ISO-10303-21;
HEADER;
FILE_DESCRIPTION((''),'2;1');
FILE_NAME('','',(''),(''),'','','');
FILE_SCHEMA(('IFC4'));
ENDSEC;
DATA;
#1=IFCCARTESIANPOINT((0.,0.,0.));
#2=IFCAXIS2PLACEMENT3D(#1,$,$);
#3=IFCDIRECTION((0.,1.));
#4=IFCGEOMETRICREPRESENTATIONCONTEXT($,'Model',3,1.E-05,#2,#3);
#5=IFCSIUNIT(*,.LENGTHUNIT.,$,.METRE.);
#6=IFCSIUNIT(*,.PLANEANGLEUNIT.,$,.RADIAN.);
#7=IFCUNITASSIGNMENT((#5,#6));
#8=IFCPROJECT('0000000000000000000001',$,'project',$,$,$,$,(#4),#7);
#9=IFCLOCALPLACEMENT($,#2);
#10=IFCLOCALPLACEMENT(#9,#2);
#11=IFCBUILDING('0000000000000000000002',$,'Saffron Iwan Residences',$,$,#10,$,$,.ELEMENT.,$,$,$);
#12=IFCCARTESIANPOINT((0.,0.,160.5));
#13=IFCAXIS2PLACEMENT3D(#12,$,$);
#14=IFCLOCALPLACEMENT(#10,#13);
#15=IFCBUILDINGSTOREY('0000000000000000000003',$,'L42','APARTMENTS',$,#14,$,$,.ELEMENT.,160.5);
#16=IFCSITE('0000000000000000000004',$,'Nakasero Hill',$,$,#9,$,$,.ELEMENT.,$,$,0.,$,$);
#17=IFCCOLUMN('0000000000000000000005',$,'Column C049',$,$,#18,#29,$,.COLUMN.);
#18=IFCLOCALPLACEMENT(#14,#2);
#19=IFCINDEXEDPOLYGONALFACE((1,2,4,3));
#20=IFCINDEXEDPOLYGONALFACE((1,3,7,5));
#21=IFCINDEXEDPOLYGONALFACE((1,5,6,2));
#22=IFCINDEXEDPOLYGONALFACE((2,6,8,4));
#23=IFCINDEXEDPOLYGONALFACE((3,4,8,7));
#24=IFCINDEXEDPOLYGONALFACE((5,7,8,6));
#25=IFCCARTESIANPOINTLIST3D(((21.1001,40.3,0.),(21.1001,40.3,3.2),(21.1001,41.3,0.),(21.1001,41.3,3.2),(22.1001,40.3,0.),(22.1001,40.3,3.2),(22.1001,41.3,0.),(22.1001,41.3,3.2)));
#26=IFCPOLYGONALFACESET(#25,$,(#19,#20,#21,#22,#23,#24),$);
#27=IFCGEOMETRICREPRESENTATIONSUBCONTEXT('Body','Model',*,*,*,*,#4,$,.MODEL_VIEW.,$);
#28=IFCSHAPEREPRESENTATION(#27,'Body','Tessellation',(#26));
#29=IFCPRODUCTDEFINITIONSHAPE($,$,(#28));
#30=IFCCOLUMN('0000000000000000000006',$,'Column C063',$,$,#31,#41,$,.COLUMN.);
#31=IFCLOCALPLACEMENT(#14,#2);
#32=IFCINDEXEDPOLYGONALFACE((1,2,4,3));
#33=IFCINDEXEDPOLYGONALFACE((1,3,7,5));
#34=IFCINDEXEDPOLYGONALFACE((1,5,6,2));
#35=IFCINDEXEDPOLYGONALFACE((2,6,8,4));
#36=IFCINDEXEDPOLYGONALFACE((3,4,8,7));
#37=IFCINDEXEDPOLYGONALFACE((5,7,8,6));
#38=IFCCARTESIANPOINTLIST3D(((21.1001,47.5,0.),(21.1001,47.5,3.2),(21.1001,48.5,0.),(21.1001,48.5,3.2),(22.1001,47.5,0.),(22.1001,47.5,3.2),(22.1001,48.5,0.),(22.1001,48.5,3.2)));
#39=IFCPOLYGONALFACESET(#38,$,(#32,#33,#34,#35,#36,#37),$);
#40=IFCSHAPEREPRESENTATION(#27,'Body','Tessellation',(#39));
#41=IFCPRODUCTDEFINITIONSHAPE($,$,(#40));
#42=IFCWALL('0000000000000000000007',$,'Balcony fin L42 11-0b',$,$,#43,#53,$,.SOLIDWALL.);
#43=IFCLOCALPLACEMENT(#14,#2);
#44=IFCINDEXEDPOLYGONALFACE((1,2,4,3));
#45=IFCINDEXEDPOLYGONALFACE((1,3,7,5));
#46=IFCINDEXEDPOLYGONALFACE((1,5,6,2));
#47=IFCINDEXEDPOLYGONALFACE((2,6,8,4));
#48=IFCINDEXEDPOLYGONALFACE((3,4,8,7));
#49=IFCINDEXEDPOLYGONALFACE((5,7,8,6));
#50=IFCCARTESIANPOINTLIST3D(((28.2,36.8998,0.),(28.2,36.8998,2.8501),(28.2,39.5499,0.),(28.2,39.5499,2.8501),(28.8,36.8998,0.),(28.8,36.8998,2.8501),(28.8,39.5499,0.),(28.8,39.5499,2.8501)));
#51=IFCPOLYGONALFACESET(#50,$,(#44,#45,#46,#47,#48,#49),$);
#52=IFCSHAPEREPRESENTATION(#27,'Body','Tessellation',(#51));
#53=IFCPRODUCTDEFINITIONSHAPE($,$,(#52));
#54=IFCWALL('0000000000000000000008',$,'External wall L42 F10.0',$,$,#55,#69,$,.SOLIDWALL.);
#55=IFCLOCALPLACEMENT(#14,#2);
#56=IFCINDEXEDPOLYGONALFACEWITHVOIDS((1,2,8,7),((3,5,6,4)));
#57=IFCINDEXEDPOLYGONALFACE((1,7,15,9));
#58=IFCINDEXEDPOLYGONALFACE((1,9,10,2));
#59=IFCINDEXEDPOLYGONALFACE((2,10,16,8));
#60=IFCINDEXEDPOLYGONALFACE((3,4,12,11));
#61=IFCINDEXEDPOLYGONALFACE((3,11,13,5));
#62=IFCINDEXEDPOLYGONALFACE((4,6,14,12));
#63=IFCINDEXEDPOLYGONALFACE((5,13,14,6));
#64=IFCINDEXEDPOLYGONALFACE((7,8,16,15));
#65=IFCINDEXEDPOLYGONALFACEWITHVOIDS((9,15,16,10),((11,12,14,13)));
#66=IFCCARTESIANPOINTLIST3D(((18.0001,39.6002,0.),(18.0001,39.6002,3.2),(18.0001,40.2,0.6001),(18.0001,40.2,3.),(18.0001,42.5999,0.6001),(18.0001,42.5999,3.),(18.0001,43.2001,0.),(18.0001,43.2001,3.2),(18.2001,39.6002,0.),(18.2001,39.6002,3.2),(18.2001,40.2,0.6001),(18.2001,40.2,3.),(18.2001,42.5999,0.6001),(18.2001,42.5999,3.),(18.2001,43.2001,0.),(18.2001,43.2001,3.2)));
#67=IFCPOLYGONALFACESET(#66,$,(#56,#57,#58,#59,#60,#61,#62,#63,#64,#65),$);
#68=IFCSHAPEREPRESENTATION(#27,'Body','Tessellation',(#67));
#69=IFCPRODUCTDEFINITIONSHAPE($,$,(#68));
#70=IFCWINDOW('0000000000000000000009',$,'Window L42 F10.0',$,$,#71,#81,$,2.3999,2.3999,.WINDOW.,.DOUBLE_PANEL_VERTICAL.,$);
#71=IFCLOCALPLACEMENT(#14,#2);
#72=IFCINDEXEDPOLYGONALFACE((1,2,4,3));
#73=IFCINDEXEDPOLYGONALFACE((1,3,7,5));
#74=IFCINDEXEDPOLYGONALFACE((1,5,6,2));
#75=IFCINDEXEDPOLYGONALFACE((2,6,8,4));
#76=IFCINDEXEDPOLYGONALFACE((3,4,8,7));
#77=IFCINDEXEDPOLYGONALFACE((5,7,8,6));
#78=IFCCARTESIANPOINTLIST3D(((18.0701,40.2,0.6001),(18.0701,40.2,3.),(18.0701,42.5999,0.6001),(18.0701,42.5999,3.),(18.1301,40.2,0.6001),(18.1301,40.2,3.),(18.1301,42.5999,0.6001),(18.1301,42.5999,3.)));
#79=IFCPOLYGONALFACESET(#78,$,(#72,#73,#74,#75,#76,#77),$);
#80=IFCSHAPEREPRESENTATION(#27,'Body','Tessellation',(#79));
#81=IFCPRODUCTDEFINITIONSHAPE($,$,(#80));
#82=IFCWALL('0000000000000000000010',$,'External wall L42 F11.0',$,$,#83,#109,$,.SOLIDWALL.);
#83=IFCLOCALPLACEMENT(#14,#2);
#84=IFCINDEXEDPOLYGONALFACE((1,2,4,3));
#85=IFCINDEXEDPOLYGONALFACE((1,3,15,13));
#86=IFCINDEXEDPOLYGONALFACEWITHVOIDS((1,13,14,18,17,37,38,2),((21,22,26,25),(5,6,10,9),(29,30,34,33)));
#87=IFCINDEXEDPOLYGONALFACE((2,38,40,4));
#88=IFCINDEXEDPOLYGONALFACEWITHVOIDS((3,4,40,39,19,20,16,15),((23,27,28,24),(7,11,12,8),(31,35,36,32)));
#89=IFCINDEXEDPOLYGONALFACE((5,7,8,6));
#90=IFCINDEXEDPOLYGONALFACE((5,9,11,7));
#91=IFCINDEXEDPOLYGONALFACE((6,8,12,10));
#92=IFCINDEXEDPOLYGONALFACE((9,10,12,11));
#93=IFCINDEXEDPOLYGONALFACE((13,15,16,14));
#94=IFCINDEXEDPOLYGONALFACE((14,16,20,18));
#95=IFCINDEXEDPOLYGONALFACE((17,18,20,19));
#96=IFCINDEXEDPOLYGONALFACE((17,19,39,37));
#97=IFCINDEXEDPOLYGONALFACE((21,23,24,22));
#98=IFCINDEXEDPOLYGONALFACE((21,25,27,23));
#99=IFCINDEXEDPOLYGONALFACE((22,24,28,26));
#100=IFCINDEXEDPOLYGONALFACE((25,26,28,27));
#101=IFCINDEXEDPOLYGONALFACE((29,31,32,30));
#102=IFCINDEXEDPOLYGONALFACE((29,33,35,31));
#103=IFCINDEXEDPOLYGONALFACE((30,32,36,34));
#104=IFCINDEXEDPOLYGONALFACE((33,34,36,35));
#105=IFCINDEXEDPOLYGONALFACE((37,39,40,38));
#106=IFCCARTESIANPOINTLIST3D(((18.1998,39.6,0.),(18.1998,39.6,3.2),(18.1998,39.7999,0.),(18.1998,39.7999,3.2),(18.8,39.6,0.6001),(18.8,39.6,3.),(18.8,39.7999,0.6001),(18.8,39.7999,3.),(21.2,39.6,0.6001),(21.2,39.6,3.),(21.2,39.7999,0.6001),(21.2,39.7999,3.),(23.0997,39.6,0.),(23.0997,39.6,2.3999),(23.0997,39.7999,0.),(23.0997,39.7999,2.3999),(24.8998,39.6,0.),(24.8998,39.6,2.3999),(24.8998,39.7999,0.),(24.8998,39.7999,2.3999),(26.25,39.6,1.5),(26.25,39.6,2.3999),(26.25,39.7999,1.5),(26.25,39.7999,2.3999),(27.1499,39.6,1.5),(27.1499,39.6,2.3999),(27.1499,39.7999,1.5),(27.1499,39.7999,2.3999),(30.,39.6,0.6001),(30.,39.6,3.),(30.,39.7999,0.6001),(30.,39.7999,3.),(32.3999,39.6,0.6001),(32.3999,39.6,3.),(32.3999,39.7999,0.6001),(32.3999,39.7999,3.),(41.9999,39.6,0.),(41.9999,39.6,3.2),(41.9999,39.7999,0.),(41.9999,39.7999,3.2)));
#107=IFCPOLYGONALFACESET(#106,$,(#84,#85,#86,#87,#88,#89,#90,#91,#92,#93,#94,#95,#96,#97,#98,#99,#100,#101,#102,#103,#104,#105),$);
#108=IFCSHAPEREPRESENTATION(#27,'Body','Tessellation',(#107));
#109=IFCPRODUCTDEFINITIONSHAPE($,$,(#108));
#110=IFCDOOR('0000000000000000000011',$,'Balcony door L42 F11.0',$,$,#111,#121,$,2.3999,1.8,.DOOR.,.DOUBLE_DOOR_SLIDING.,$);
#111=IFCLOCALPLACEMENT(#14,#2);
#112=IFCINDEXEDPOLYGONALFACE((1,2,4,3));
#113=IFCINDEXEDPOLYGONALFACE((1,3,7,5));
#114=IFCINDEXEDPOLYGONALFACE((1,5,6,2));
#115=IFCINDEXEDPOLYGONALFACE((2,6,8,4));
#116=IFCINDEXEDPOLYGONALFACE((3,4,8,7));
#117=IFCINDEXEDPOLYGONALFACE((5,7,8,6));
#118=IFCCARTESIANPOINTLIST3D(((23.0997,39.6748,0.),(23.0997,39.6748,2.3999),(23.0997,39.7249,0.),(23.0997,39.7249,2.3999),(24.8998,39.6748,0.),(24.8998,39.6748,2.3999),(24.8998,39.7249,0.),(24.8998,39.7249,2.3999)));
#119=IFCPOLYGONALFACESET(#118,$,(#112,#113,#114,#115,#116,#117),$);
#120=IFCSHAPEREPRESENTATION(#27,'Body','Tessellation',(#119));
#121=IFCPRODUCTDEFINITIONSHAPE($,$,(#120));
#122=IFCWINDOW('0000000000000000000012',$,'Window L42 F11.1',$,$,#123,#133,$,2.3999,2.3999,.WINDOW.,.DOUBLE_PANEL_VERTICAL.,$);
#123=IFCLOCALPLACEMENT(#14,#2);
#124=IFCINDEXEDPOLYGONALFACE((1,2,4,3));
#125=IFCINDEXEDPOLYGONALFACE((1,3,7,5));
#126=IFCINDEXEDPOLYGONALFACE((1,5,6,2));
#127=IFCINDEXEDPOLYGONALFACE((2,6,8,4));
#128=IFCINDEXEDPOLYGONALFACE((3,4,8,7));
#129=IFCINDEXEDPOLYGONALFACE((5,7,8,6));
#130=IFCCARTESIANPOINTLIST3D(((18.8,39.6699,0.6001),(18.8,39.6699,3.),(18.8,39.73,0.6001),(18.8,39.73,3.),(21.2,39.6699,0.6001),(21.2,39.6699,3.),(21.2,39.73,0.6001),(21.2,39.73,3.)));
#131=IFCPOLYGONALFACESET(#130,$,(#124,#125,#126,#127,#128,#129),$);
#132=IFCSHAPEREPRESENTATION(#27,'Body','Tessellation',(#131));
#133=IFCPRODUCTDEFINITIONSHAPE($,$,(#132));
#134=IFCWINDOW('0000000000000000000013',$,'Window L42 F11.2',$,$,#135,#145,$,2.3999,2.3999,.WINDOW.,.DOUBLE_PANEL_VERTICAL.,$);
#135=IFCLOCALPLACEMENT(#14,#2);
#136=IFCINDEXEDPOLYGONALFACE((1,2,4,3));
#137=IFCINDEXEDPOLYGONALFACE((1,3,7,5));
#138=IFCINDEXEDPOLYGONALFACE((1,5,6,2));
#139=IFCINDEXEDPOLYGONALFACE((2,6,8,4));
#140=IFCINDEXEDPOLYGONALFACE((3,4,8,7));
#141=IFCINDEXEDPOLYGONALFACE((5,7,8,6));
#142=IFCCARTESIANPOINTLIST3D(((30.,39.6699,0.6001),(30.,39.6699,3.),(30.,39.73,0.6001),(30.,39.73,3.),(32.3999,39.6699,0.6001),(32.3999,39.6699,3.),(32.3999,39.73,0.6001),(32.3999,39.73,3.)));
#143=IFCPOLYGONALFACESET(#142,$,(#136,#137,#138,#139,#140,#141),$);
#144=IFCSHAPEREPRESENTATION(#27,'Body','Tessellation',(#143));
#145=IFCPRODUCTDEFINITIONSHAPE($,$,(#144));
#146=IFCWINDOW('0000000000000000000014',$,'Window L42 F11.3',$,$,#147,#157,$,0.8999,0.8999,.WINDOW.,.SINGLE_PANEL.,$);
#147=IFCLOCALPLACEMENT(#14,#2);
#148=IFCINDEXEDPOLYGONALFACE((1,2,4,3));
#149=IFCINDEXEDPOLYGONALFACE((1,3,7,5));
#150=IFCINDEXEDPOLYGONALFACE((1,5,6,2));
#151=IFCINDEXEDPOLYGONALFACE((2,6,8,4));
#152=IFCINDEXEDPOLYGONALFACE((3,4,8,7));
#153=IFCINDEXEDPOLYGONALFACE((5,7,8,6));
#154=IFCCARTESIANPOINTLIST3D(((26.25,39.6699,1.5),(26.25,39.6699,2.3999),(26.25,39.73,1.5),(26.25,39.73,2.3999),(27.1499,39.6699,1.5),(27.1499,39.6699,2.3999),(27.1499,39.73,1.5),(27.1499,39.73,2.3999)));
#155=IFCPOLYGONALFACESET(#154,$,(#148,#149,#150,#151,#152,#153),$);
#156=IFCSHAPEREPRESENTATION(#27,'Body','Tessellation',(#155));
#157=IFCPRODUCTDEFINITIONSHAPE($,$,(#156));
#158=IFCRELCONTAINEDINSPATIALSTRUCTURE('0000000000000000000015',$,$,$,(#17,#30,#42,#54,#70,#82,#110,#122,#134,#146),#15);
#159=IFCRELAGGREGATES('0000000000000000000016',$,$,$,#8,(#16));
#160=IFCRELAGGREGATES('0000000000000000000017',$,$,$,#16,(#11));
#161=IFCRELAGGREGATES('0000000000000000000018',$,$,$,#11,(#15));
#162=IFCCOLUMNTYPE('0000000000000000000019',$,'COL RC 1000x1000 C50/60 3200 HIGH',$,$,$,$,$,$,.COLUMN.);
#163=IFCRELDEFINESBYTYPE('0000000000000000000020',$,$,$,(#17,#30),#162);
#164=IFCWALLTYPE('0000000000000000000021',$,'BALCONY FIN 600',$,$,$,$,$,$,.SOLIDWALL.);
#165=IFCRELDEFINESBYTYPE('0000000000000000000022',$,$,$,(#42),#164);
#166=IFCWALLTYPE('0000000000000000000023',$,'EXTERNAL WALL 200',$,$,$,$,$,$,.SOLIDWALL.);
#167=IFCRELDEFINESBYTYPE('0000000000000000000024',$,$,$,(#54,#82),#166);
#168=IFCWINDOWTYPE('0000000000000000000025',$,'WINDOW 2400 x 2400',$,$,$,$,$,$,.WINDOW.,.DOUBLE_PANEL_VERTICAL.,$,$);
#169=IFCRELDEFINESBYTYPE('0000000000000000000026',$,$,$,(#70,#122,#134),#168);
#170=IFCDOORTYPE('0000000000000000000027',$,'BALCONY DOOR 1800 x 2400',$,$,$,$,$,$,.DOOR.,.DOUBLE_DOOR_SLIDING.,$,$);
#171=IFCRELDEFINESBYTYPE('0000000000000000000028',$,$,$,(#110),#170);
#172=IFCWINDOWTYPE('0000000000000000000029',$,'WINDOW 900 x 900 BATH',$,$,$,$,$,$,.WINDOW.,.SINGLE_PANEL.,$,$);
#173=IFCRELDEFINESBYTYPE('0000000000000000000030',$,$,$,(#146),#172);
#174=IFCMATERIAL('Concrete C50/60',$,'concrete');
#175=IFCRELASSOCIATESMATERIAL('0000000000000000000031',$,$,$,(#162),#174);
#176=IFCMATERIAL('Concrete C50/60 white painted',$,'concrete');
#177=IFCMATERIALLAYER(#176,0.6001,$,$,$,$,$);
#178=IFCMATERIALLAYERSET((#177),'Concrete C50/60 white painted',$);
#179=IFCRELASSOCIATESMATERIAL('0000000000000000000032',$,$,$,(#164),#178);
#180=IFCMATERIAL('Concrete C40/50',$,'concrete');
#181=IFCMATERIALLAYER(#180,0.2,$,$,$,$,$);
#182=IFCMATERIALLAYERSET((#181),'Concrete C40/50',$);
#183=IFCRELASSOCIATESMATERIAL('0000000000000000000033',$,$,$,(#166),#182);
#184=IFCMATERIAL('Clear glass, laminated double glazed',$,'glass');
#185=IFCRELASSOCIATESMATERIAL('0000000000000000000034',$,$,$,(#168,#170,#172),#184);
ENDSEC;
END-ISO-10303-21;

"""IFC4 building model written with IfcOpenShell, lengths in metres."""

from ifc_helpers import new_model, si_unit, direction, frame, frame_2d, origin, origin_2d, place, context, subcontext, project, spatial, rectangle, extrude, source, transform, mapped, material, layer, layer_set, material_profile, profile_set, type_object, element, fill, save


model = new_model("IFC4")

# Units and contexts
model_context = context("Model", 3, precision=1e-05, world=origin(), true_north=direction((0.0, 1.0)))
body_context = subcontext(model_context, "Body", "Model", "MODEL_VIEW")
ifc_project = project(units=[si_unit("LENGTHUNIT", "METRE"), si_unit("PLANEANGLEUNIT", "RADIAN")], contexts=[model_context])

# Site, building, storey
site_placement = place(None, origin())
site = spatial("IfcSite", under=ifc_project, at=site_placement, Name="Nakasero Hill", CompositionType="ELEMENT", RefElevation=0.0)
building_placement = place(site_placement, origin())
building = spatial("IfcBuilding", under=site, at=building_placement, Name="Saffron Iwan Residences", CompositionType="ELEMENT")
storey_placement = place(building_placement, frame((0.0, 0.0, 160.5)))
storey = spatial("IfcBuildingStorey", under=building, at=storey_placement, Name="L42", Description="APARTMENTS", CompositionType="ELEMENT", Elevation=160.5)

# Columns
ifc_material_1 = material(Name="Concrete C50/60", Category="concrete")
ifc_material_profile = material_profile(ifc_material_1, rectangle(XDim=1.0, YDim=1.0, at=origin_2d()), Name="RC 1000x1000")
ifc_profile_set = profile_set([ifc_material_profile], Name="Concrete C50/60")
column_type = type_object("IfcColumnType", Name="COL RC 1000x1000 C50/60 3200 HIGH", PredefinedType="COLUMN", material=ifc_profile_set)
shared_shape = source(origin(), body_context, "Body", "SweptSolid", [
    extrude(rectangle(XDim=1.0, YDim=1.0, at=origin_2d()), origin(), (0.0, 0.0, 1.0), 3.2),
])
for number, where, z_axis, x_axis, name in (
    (1, (21.6001, 40.8, 0.0), (0.0, 0.0, 1.0), (1.0, 0.0, 0.0), "Column C049"),
    (2, (21.6001, 48.0, 0.0), (0.0, 0.0, 1.0), (1.0, 0.0, 0.0), "Column C063"),
):
    element("IfcColumn", number, at=place(storey_placement, frame(where, z_axis=z_axis, x_axis=x_axis)), inside=storey, type_object=column_type, Name=name, PredefinedType="COLUMN", context=body_context, shape_type="MappedRepresentation", body=[
        mapped(shared_shape, transform((0.0, 0.0, 0.0))),
    ])

# Wall
ifc_material_2 = material(Name="Concrete C50/60 white painted", Category="concrete")
ifc_layer_1 = layer(ifc_material_2, 0.6001)
ifc_layer_set_1 = layer_set([ifc_layer_1], Name="Concrete C50/60 white painted")
wall_type_1 = type_object("IfcWallType", Name="BALCONY FIN 600", PredefinedType="SOLIDWALL", material=ifc_layer_set_1)
wall_1_placement = place(storey_placement, frame((28.5, 39.55, 0.0), z_axis=(0.0, 0.0, 1.0), x_axis=(0.0, -1.0, 0.0)))
element("IfcWall", 3, at=wall_1_placement, inside=storey, type_object=wall_type_1, Name="Balcony fin L42 11-0b", PredefinedType="SOLIDWALL", context=body_context, shape_type="SweptSolid", body=[
    extrude(rectangle(XDim=2.6501, YDim=0.6001, at=frame_2d((1.3252, 0.0))), origin(), (0.0, 0.0, 1.0), 2.8501),
])

# Wall, opening, window
ifc_material_3 = material(Name="Concrete C40/50", Category="concrete")
ifc_layer_2 = layer(ifc_material_3, 0.2)
ifc_layer_set_2 = layer_set([ifc_layer_2], Name="Concrete C40/50")
wall_type_2 = type_object("IfcWallType", Name="EXTERNAL WALL 200", PredefinedType="SOLIDWALL", material=ifc_layer_set_2)
wall_2_placement = place(storey_placement, frame((18.1001, 43.2, 0.0), z_axis=(0.0, 0.0, 1.0), x_axis=(0.0, -1.0, 0.0)))
wall_2 = element("IfcWall", 4, at=wall_2_placement, inside=storey, type_object=wall_type_2, Name="External wall L42 F10.0", PredefinedType="SOLIDWALL", context=body_context, shape_type="SweptSolid", body=[
    extrude(rectangle(XDim=3.5999, YDim=0.2, at=frame_2d((1.7998, 0.0))), origin(), (0.0, 0.0, 1.0), 3.2),
])
opening_1_placement = place(wall_2_placement, frame((0.6001, 0.0, 0.6001)))
opening_1 = element("IfcOpeningElement", 5, at=opening_1_placement, cuts=wall_2, PredefinedType="OPENING", context=body_context, shape_type="SweptSolid", body=[
    extrude(rectangle(XDim=2.3999, YDim=2.3999, at=frame_2d((1.2, 1.2))), frame((0.0, 0.1099, 0.0), z_axis=(0.0, -1.0, 0.0), x_axis=(1.0, 0.0, 0.0)), (0.0, 0.0, 1.0), 0.22),
])
ifc_material_4 = material(Name="Clear glass, laminated double glazed", Category="glass")
window_type_1 = type_object("IfcWindowType", Name="WINDOW 2400 x 2400", PartitioningType="DOUBLE_PANEL_VERTICAL", PredefinedType="WINDOW", material=ifc_material_4)
window_1_placement = place(opening_1_placement, origin())
window_1 = element("IfcWindow", 6, at=window_1_placement, inside=storey, type_object=window_type_1, Name="Window L42 F10.0", OverallHeight=2.3999, OverallWidth=2.3999, PartitioningType="DOUBLE_PANEL_VERTICAL", PredefinedType="WINDOW", context=body_context, shape_type="SweptSolid", body=[
    extrude(rectangle(XDim=2.3999, YDim=2.3999, at=frame_2d((1.2, 1.2))), frame((0.0, 0.03, 0.0), z_axis=(0.0, -1.0, 0.0), x_axis=(1.0, 0.0, 0.0)), (0.0, 0.0, 1.0), 0.0601),
])
fill(opening_1, window_1)

# Wall, openings, door, windows
wall_3_placement = place(storey_placement, frame((18.2, 39.7, 0.0), z_axis=(0.0, 0.0, 1.0), x_axis=(1.0, 0.0, 0.0)))
wall_3 = element("IfcWall", 7, at=wall_3_placement, inside=storey, type_object=wall_type_2, Name="External wall L42 F11.0", PredefinedType="SOLIDWALL", context=body_context, shape_type="SweptSolid", body=[
    extrude(rectangle(XDim=23.8, YDim=0.2, at=frame_2d((11.8999, 0.0))), origin(), (0.0, 0.0, 1.0), 3.2),
])
opening_2_placement = place(wall_3_placement, frame((4.8999, 0.0, 0.0)))
opening_2 = element("IfcOpeningElement", 8, at=opening_2_placement, cuts=wall_3, PredefinedType="OPENING", context=body_context, shape_type="SweptSolid", body=[
    extrude(rectangle(XDim=1.8, YDim=2.3999, at=frame_2d((0.8999, 1.2))), frame((0.0, 0.1099, 0.0), z_axis=(0.0, -1.0, 0.0), x_axis=(1.0, 0.0, 0.0)), (0.0, 0.0, 1.0), 0.22),
])
opening_3_placement = place(wall_3_placement, frame((0.6001, 0.0, 0.6001)))
opening_3 = element("IfcOpeningElement", 9, at=opening_3_placement, cuts=wall_3, PredefinedType="OPENING", context=body_context, shape_type="SweptSolid", body=[
    extrude(rectangle(XDim=2.3999, YDim=2.3999, at=frame_2d((1.2, 1.2))), frame((0.0, 0.1099, 0.0), z_axis=(0.0, -1.0, 0.0), x_axis=(1.0, 0.0, 0.0)), (0.0, 0.0, 1.0), 0.22),
])
opening_4_placement = place(wall_3_placement, frame((11.8, 0.0, 0.6001)))
opening_4 = element("IfcOpeningElement", 10, at=opening_4_placement, cuts=wall_3, PredefinedType="OPENING", context=body_context, shape_type="SweptSolid", body=[
    extrude(rectangle(XDim=2.3999, YDim=2.3999, at=frame_2d((1.2, 1.2))), frame((0.0, 0.1099, 0.0), z_axis=(0.0, -1.0, 0.0), x_axis=(1.0, 0.0, 0.0)), (0.0, 0.0, 1.0), 0.22),
])
opening_5_placement = place(wall_3_placement, frame((8.05, 0.0, 1.5)))
opening_5 = element("IfcOpeningElement", 11, at=opening_5_placement, cuts=wall_3, PredefinedType="OPENING", context=body_context, shape_type="SweptSolid", body=[
    extrude(rectangle(XDim=0.8999, YDim=0.8999, at=frame_2d((0.45, 0.45))), frame((0.0, 0.1099, 0.0), z_axis=(0.0, -1.0, 0.0), x_axis=(1.0, 0.0, 0.0)), (0.0, 0.0, 1.0), 0.22),
])
door_type_1 = type_object("IfcDoorType", Name="BALCONY DOOR 1800 x 2400", OperationType="DOUBLE_DOOR_SLIDING", PredefinedType="DOOR", material=ifc_material_4)
door_1_placement = place(opening_2_placement, origin())
door_1 = element("IfcDoor", 12, at=door_1_placement, inside=storey, type_object=door_type_1, Name="Balcony door L42 F11.0", OperationType="DOUBLE_DOOR_SLIDING", OverallHeight=2.3999, OverallWidth=1.8, PredefinedType="DOOR", context=body_context, shape_type="SweptSolid", body=[
    extrude(rectangle(XDim=1.8, YDim=2.3999, at=frame_2d((0.8999, 1.2))), frame((0.0, 0.0249, 0.0), z_axis=(0.0, -1.0, 0.0), x_axis=(1.0, 0.0, 0.0)), (0.0, 0.0, 1.0), 0.05),
])
fill(opening_2, door_1)
window_2_placement = place(opening_3_placement, origin())
window_2 = element("IfcWindow", 13, at=window_2_placement, inside=storey, type_object=window_type_1, Name="Window L42 F11.1", OverallHeight=2.3999, OverallWidth=2.3999, PartitioningType="DOUBLE_PANEL_VERTICAL", PredefinedType="WINDOW", context=body_context, shape_type="SweptSolid", body=[
    extrude(rectangle(XDim=2.3999, YDim=2.3999, at=frame_2d((1.2, 1.2))), frame((0.0, 0.03, 0.0), z_axis=(0.0, -1.0, 0.0), x_axis=(1.0, 0.0, 0.0)), (0.0, 0.0, 1.0), 0.0601),
])
fill(opening_3, window_2)
window_3_placement = place(opening_4_placement, origin())
window_3 = element("IfcWindow", 14, at=window_3_placement, inside=storey, type_object=window_type_1, Name="Window L42 F11.2", OverallHeight=2.3999, OverallWidth=2.3999, PartitioningType="DOUBLE_PANEL_VERTICAL", PredefinedType="WINDOW", context=body_context, shape_type="SweptSolid", body=[
    extrude(rectangle(XDim=2.3999, YDim=2.3999, at=frame_2d((1.2, 1.2))), frame((0.0, 0.03, 0.0), z_axis=(0.0, -1.0, 0.0), x_axis=(1.0, 0.0, 0.0)), (0.0, 0.0, 1.0), 0.0601),
])
fill(opening_4, window_3)
window_type_2 = type_object("IfcWindowType", Name="WINDOW 900 x 900 BATH", PartitioningType="SINGLE_PANEL", PredefinedType="WINDOW", material=ifc_material_4)
window_4_placement = place(opening_5_placement, origin())
window_4 = element("IfcWindow", 15, at=window_4_placement, inside=storey, type_object=window_type_2, Name="Window L42 F11.3", OverallHeight=0.8999, OverallWidth=0.8999, PartitioningType="SINGLE_PANEL", PredefinedType="WINDOW", context=body_context, shape_type="SweptSolid", body=[
    extrude(rectangle(XDim=0.8999, YDim=0.8999, at=frame_2d((0.45, 0.45))), frame((0.0, 0.03, 0.0), z_axis=(0.0, -1.0, 0.0), x_axis=(1.0, 0.0, 0.0)), (0.0, 0.0, 1.0), 0.0601),
])
fill(opening_5, window_4)

save(model, "model.ifc")
